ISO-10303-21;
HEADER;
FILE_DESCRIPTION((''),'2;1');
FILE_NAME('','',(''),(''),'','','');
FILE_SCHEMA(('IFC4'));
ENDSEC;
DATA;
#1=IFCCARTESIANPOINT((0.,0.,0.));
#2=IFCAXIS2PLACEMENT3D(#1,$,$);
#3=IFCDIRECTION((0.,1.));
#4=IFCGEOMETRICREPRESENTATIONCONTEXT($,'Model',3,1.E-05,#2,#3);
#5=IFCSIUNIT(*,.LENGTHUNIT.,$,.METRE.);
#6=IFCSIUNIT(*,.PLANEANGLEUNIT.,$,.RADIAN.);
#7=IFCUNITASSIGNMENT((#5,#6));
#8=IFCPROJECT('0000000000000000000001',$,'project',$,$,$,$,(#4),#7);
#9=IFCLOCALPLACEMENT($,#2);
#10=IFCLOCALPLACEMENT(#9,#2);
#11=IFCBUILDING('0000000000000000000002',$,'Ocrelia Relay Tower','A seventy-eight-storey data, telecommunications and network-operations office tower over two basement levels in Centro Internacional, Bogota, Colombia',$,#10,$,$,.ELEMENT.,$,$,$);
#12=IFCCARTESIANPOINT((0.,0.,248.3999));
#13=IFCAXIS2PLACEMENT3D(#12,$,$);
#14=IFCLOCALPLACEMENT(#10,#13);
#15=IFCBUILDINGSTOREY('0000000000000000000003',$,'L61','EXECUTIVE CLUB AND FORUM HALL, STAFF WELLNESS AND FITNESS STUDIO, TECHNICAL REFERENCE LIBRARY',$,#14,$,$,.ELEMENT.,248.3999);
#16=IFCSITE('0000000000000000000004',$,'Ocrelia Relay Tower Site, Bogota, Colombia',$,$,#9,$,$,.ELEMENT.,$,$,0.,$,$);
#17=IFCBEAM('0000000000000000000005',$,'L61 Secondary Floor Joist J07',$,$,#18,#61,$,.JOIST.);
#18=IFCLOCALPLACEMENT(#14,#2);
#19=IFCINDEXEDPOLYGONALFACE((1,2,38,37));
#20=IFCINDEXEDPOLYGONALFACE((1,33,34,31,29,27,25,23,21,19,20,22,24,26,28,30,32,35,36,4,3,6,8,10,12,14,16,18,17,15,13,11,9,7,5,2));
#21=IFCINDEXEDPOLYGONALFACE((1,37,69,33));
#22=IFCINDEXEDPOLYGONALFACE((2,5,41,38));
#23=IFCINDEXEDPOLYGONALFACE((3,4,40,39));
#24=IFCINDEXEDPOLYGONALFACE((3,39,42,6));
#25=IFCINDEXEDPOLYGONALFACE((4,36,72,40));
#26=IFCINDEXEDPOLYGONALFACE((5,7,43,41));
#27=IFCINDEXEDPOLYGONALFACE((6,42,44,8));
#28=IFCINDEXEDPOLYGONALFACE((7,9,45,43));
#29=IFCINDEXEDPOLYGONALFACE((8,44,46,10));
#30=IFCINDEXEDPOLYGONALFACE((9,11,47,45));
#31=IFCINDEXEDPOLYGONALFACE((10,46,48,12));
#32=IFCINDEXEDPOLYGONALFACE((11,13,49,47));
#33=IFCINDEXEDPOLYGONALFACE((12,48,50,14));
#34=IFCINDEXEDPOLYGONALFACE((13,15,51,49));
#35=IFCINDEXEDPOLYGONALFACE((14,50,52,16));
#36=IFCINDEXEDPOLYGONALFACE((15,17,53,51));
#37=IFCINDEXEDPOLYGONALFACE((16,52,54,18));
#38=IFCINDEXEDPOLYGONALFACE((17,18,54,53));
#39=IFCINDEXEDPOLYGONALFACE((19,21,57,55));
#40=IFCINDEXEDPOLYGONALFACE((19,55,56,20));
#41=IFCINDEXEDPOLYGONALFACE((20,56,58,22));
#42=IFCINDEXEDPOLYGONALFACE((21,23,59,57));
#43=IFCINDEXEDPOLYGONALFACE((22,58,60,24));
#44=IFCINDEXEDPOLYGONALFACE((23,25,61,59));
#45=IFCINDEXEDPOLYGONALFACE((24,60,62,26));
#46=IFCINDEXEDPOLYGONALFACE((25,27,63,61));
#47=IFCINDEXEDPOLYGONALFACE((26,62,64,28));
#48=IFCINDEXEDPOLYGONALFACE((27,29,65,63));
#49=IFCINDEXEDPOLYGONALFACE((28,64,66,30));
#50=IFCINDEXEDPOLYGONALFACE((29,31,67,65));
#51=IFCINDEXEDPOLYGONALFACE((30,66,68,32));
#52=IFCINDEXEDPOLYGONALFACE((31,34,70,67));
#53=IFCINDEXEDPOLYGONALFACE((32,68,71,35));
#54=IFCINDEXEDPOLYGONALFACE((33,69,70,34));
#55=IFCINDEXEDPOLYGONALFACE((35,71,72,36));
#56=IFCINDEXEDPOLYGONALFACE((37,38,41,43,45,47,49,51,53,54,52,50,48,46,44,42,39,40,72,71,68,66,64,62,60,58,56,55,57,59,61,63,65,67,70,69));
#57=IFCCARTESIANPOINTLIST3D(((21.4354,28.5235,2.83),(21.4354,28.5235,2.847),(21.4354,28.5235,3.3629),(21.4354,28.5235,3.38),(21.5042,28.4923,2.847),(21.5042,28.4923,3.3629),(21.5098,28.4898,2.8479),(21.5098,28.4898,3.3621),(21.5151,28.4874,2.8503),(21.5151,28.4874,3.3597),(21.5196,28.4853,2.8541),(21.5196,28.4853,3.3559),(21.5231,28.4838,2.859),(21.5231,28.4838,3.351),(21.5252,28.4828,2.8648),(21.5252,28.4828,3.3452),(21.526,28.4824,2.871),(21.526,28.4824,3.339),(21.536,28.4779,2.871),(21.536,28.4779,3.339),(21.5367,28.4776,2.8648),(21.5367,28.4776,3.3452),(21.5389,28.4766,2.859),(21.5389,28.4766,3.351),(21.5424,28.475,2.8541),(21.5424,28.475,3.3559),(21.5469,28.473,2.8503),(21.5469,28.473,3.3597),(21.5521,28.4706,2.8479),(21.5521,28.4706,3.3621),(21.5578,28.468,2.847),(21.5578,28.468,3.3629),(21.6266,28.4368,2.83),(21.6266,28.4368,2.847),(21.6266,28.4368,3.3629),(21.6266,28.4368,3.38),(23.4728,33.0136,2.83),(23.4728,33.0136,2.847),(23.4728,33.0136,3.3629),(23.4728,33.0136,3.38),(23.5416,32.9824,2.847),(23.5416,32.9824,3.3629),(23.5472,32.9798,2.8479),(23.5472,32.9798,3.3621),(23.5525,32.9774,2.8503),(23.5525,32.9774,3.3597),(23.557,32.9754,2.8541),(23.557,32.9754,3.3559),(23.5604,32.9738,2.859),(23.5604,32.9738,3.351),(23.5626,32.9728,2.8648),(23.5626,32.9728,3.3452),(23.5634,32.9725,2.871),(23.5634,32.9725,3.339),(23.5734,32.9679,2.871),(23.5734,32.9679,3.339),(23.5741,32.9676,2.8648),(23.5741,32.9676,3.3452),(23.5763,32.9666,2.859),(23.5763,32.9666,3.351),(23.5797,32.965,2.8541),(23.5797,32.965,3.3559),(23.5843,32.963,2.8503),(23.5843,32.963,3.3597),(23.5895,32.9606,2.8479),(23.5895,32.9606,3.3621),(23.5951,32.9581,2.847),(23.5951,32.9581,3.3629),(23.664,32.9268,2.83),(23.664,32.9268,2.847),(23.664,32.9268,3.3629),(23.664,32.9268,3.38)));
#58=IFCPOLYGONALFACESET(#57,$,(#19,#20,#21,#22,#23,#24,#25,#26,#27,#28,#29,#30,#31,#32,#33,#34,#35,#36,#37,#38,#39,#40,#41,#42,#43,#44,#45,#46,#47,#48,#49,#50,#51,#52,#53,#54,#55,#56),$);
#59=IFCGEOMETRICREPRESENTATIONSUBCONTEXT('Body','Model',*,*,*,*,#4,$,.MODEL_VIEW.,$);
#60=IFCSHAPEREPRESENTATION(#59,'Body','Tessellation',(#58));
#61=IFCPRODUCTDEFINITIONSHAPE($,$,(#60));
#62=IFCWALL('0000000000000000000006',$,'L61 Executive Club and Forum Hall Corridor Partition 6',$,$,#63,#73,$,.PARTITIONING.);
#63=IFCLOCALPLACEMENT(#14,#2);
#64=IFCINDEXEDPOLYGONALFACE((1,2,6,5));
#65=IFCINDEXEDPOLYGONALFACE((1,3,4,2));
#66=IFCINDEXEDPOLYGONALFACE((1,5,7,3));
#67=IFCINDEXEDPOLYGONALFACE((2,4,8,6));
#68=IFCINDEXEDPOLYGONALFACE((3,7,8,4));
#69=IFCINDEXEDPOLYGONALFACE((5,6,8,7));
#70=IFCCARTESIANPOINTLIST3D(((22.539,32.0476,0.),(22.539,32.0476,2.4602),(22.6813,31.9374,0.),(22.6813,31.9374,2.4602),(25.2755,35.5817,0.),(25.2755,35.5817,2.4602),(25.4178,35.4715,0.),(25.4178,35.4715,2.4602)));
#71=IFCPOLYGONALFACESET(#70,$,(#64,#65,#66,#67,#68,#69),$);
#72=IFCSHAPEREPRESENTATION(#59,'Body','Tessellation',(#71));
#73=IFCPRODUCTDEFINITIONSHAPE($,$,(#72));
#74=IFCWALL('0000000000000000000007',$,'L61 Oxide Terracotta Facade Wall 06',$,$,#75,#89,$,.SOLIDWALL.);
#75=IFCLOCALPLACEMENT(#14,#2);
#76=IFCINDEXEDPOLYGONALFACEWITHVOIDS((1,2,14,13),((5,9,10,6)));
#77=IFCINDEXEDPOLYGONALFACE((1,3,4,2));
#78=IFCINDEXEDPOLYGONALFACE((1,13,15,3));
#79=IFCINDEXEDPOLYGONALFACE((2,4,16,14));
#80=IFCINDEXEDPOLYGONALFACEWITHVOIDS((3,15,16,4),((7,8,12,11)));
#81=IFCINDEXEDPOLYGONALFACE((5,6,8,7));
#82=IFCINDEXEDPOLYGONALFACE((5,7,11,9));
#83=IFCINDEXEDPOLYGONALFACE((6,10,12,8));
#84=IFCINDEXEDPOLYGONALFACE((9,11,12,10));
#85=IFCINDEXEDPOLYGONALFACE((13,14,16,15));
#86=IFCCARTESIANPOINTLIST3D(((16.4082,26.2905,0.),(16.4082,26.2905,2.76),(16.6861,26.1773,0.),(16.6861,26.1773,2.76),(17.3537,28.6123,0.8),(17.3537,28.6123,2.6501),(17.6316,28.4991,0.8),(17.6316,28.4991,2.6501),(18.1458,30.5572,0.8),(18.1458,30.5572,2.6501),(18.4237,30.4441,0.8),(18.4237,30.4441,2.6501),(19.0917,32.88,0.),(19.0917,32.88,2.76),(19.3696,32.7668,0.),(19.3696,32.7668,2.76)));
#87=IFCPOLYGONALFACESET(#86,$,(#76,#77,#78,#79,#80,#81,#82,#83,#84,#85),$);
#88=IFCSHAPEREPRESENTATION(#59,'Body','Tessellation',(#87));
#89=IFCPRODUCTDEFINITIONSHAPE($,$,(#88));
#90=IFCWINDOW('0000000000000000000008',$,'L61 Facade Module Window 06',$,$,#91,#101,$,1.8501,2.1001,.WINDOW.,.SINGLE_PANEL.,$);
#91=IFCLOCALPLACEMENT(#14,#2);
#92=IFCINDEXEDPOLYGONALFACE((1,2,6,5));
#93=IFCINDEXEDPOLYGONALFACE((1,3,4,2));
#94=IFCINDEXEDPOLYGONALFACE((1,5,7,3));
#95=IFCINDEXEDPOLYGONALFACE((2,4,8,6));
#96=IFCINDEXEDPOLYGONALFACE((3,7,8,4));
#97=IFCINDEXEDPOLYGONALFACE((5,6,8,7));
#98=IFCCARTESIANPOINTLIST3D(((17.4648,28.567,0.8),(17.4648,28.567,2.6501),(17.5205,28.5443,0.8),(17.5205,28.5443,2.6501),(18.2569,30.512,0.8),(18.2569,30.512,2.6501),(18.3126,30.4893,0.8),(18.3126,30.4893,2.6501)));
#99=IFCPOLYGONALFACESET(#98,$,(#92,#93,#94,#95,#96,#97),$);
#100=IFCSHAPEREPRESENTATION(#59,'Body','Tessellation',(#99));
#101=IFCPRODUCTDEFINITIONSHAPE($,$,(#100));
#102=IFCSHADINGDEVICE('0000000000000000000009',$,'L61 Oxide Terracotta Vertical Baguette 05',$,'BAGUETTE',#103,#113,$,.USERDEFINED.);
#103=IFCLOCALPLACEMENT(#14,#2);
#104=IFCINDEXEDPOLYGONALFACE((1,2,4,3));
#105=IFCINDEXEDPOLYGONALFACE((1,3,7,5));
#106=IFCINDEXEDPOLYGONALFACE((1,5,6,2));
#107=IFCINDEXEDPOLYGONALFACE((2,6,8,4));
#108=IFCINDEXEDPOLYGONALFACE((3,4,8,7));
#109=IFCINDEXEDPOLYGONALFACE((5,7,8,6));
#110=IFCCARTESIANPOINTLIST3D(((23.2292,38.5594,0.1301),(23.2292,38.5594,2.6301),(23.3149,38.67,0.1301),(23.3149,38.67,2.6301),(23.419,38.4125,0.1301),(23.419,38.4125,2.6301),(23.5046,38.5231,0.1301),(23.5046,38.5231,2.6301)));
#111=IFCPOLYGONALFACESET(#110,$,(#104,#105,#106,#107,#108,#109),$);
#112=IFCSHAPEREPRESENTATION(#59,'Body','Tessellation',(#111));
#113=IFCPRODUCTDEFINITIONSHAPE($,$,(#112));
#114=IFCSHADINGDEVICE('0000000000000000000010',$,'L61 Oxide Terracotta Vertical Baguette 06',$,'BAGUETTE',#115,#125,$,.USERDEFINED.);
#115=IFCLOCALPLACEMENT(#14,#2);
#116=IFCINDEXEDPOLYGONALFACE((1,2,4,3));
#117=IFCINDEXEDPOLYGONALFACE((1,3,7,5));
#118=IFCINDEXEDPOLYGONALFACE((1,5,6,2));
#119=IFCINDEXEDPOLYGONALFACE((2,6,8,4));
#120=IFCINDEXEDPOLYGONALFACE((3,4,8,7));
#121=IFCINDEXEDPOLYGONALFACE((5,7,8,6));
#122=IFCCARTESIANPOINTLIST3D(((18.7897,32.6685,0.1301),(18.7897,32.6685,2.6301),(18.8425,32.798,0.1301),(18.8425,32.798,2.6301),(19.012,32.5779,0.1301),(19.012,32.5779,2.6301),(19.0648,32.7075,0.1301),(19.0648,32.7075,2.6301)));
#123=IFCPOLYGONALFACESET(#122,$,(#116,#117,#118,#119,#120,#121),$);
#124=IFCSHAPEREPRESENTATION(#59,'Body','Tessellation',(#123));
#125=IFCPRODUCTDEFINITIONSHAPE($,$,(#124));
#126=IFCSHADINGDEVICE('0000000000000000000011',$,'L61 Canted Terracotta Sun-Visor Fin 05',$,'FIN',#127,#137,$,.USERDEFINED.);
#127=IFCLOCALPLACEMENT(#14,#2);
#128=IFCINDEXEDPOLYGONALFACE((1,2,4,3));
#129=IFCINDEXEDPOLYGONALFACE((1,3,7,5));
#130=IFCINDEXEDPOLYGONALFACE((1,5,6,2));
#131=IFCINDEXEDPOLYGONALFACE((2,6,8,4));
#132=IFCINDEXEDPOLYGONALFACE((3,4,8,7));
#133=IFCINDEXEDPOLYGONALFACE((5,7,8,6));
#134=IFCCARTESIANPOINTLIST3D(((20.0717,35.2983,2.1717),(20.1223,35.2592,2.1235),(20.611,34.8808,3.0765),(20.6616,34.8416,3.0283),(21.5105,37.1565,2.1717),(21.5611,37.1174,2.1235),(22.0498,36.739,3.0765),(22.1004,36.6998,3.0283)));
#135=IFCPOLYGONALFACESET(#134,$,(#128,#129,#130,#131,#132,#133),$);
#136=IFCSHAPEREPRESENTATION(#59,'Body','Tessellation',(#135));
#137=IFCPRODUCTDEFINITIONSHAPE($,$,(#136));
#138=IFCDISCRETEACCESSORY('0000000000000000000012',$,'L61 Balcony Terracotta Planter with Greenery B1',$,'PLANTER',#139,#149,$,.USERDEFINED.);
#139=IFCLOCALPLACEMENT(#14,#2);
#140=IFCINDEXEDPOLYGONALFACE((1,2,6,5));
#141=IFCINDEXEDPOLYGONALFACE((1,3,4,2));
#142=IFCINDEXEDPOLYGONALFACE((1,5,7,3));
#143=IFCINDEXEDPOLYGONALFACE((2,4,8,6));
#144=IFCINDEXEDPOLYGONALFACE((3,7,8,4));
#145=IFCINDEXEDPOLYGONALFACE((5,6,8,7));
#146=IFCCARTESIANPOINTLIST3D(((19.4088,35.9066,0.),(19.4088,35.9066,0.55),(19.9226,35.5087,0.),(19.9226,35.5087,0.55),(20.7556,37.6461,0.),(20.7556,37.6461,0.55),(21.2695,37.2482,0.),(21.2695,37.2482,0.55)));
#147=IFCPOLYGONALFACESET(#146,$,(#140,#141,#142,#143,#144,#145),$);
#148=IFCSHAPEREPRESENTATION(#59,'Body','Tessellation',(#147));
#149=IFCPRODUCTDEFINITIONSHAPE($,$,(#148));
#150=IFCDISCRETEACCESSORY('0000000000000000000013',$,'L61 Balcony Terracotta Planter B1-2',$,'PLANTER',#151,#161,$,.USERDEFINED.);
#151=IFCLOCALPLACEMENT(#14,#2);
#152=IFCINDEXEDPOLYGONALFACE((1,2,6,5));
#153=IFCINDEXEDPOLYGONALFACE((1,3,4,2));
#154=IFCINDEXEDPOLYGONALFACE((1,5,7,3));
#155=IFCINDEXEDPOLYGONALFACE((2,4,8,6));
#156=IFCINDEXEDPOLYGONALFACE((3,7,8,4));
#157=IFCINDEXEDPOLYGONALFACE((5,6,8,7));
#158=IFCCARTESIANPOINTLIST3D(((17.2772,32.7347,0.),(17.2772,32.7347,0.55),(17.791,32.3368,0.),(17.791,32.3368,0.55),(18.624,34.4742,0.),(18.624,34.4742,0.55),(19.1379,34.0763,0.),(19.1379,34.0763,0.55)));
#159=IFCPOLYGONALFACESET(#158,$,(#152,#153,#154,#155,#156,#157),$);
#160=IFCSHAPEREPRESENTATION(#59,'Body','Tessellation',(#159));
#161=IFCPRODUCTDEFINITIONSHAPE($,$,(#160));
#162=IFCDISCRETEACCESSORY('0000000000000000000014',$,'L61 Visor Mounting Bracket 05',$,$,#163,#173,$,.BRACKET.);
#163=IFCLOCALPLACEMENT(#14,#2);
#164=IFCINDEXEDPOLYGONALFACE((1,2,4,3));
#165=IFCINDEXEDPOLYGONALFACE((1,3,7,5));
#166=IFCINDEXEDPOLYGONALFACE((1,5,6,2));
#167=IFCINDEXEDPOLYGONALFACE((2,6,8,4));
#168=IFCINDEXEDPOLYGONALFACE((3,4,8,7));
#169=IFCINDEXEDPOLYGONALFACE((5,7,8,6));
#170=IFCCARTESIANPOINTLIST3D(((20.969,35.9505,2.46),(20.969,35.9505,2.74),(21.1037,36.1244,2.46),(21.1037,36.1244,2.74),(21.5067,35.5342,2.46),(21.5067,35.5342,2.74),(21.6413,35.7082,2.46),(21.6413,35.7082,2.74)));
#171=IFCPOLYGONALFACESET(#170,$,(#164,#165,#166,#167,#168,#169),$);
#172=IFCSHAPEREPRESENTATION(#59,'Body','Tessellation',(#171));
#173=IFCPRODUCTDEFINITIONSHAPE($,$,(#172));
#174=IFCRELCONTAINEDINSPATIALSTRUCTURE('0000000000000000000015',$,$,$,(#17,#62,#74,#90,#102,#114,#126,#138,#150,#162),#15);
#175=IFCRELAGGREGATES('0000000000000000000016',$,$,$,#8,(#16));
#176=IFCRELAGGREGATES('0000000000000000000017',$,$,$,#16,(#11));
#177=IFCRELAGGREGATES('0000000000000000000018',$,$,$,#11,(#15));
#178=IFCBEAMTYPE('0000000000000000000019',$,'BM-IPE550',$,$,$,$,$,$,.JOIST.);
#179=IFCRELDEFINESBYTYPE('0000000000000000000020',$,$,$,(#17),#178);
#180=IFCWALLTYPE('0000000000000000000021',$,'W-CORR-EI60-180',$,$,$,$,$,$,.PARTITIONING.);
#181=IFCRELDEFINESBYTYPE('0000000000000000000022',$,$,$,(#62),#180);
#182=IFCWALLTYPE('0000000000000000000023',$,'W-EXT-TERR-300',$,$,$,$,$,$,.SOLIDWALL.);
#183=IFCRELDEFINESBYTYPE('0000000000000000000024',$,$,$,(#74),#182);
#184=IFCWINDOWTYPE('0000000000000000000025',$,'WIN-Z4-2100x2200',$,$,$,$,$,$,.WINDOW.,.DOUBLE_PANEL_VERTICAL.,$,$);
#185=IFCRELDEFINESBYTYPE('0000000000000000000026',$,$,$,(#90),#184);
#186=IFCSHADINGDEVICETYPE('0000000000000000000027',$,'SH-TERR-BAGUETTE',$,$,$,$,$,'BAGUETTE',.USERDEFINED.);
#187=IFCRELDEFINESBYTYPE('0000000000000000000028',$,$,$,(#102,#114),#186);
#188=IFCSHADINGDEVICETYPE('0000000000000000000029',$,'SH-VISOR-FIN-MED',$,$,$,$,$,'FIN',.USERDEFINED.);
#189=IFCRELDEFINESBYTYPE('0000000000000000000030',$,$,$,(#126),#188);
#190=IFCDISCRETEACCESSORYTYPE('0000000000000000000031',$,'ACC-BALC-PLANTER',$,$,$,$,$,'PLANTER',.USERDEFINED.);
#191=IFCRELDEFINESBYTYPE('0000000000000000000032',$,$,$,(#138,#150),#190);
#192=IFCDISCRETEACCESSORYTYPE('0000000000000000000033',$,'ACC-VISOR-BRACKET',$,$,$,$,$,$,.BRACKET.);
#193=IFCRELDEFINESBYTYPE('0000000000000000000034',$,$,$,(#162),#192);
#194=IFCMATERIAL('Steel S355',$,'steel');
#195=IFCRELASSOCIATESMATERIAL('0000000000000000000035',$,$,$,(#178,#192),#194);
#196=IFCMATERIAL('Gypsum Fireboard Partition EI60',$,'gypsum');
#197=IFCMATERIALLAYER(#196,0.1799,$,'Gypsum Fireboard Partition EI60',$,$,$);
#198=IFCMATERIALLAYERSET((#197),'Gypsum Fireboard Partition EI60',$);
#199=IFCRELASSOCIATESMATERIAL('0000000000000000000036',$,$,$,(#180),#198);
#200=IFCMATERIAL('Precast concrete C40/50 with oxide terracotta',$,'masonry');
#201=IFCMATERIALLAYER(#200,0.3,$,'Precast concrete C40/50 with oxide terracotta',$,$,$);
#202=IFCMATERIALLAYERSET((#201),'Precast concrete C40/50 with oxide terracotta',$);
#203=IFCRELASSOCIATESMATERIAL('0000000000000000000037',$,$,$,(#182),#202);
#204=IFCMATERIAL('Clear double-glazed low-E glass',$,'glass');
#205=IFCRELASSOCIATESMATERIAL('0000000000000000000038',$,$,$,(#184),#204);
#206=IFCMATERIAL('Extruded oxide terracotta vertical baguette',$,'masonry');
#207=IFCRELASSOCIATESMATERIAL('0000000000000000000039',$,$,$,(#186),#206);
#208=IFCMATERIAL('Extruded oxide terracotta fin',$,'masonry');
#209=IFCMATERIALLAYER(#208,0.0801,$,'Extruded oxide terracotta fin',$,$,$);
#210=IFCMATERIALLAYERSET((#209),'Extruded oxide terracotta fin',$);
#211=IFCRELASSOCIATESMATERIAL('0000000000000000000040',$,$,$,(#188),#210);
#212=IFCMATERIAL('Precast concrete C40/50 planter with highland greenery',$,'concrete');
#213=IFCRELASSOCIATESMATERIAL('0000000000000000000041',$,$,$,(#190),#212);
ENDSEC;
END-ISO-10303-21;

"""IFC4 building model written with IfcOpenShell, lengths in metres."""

from ifc_helpers import new_model, si_unit, direction, frame, frame_2d, origin, origin_2d, place, context, subcontext, project, spatial, rectangle, i_section, extrude, material, layer, layer_set, material_profile, profile_set, type_object, element, fill, save


model = new_model("IFC4")

# Units and contexts
model_context = context("Model", 3, precision=1e-05, world=origin(), true_north=direction((0.0, 1.0)))
body_context = subcontext(model_context, "Body", "Model", "MODEL_VIEW")
ifc_project = project(units=[si_unit("LENGTHUNIT", "METRE"), si_unit("PLANEANGLEUNIT", "RADIAN")], contexts=[model_context])

# Site, building, storey
site_placement = place(None, origin())
site = spatial("IfcSite", under=ifc_project, at=site_placement, Name="Ocrelia Relay Tower Site, Bogota, Colombia", CompositionType="ELEMENT", RefElevation=0.0)
building_placement = place(site_placement, origin())
building = spatial("IfcBuilding", under=site, at=building_placement, Name="Ocrelia Relay Tower", Description="A seventy-eight-storey data, telecommunications and network-operations office tower over two basement levels in Centro Internacional, Bogota, Colombia", CompositionType="ELEMENT")
storey_placement = place(building_placement, frame((0.0, 0.0, 248.3999)))
storey = spatial("IfcBuildingStorey", under=building, at=storey_placement, Name="L61", Description="EXECUTIVE CLUB AND FORUM HALL, STAFF WELLNESS AND FITNESS STUDIO, TECHNICAL REFERENCE LIBRARY", CompositionType="ELEMENT", Elevation=248.3999)

# Beam
ifc_material_1 = material(Name="Steel S355", Category="steel")
ifc_material_profile_1 = material_profile(ifc_material_1, i_section(OverallWidth=0.21, OverallDepth=0.55, WebThickness=0.011, FlangeThickness=0.0171, FilletRadius=0.0239, at=origin_2d()), Name="IPE 550")
ifc_profile_set_1 = profile_set([ifc_material_profile_1], Name="Steel S355")
beam_type_1 = type_object("IfcBeamType", Name="BM-IPE550", PredefinedType="JOIST", material=ifc_profile_set_1)
beam_1_placement = place(storey_placement, frame((23.5684, 32.9702, 3.105), z_axis=(-0.413206, -0.910638, 0.0), x_axis=(0.910638, -0.413206, 0.0)))
element("IfcBeam", 1, at=beam_1_placement, inside=storey, type_object=beam_type_1, Name="L61 Secondary Floor Joist J07", PredefinedType="JOIST", context=body_context, shape_type="SweptSolid", body=[
    extrude(i_section(OverallWidth=0.21, OverallDepth=0.55, WebThickness=0.011, FlangeThickness=0.0171, FilletRadius=0.0239, at=origin_2d()), origin(), (0.0, 0.0, 1.0), 4.9307),
])

# Wall
ifc_material_2 = material(Name="Gypsum Fireboard Partition EI60", Category="gypsum")
ifc_layer_1 = layer(ifc_material_2, 0.1799, Name="Gypsum Fireboard Partition EI60")
ifc_layer_set_1 = layer_set([ifc_layer_1], Name="Gypsum Fireboard Partition EI60")
wall_type_1 = type_object("IfcWallType", Name="W-CORR-EI60-180", PredefinedType="PARTITIONING", material=ifc_layer_set_1)
wall_1_placement = place(storey_placement, frame((25.3467, 35.5266, 0.0), z_axis=(0.0, 0.0, 1.0), x_axis=(-0.612234, -0.790677, 0.0)))
element("IfcWall", 2, at=wall_1_placement, inside=storey, type_object=wall_type_1, Name="L61 Executive Club and Forum Hall Corridor Partition 6", PredefinedType="PARTITIONING", context=body_context, shape_type="SweptSolid", body=[
    extrude(rectangle(XDim=4.4697, YDim=0.1799, at=frame_2d((2.2349, 0.0))), origin(), (0.0, 0.0, 1.0), 2.4602),
])

# Shared definitions
ifc_material_3 = material(Name="Precast concrete C40/50 with oxide terracotta", Category="masonry")
ifc_layer_2 = layer(ifc_material_3, 0.3, Name="Precast concrete C40/50 with oxide terracotta")
ifc_layer_set_2 = layer_set([ifc_layer_2], Name="Precast concrete C40/50 with oxide terracotta")
wall_type_2 = type_object("IfcWallType", Name="W-EXT-TERR-300", PredefinedType="SOLIDWALL", material=ifc_layer_set_2)

# Wall, opening, window
wall_2_placement = place(storey_placement, frame((19.2307, 32.8235, 0.0), z_axis=(0.0, 0.0, 1.0), x_axis=(-0.377169, -0.926144, 0.0)))
wall_2 = element("IfcWall", 3, at=wall_2_placement, inside=storey, type_object=wall_type_2, Name="L61 Oxide Terracotta Facade Wall 06", PredefinedType="SOLIDWALL", context=body_context, shape_type="SweptSolid", body=[
    extrude(rectangle(XDim=7.115, YDim=0.3, at=frame_2d((3.5576, 0.0))), origin(), (0.0, 0.0, 1.0), 2.76),
])
opening_1_placement = place(wall_2_placement, frame((2.5081, 0.0, 0.8)))
opening_1 = element("IfcOpeningElement", 4, at=opening_1_placement, cuts=wall_2, PredefinedType="OPENING", context=body_context, shape_type="SweptSolid", body=[
    extrude(rectangle(XDim=2.1001, YDim=1.8501, at=frame_2d((1.05, 0.925))), frame((0.0, 0.1602, 0.0), z_axis=(0.0, -1.0, 0.0), x_axis=(1.0, 0.0, 0.0)), (0.0, 0.0, 1.0), 0.3201),
])
ifc_material_4 = material(Name="Clear double-glazed low-E glass", Category="glass")
window_type = type_object("IfcWindowType", Name="WIN-Z4-2100x2200", PartitioningType="DOUBLE_PANEL_VERTICAL", PredefinedType="WINDOW", material=ifc_material_4)
window_placement = place(opening_1_placement, origin())
window = element("IfcWindow", 5, at=window_placement, inside=storey, type_object=window_type, Name="L61 Facade Module Window 06", OverallHeight=1.8501, OverallWidth=2.1001, PartitioningType="SINGLE_PANEL", PredefinedType="WINDOW", context=body_context, shape_type="SweptSolid", body=[
    extrude(rectangle(XDim=2.1001, YDim=1.8501, at=frame_2d((1.05, 0.925))), frame((0.0, 0.03, 0.0), z_axis=(0.0, -1.0, 0.0), x_axis=(1.0, 0.0, 0.0)), (0.0, 0.0, 1.0), 0.0601),
])
fill(opening_1, window)

# Shading devices
ifc_material_5 = material(Name="Extruded oxide terracotta vertical baguette", Category="masonry")
shading_device_type_1 = type_object("IfcShadingDeviceType", Name="SH-TERR-BAGUETTE", ElementType="BAGUETTE", PredefinedType="USERDEFINED", material=ifc_material_5)
for number, where, z_axis, x_axis, name in (
    (6, (23.3669, 38.5413, 0.1301), (0.0, 0.0, 1.0), (-0.612212, -0.790693, 0.0), "L61 Oxide Terracotta Vertical Baguette 05"),
    (7, (18.9272, 32.688, 0.1301), (0.0, 0.0, 1.0), (-0.377177, -0.926141, 0.0), "L61 Oxide Terracotta Vertical Baguette 06"),
):
    element("IfcShadingDevice", number, at=place(storey_placement, frame(where, z_axis=z_axis, x_axis=x_axis)), inside=storey, type_object=shading_device_type_1, Name=name, ObjectType="BAGUETTE", PredefinedType="USERDEFINED", context=body_context, shape_type="SweptSolid", body=[
        extrude(rectangle(XDim=0.1399, YDim=0.24, at=origin_2d()), origin(), (0.0, 0.0, 1.0), 2.5),
    ])
ifc_material_6 = material(Name="Extruded oxide terracotta fin", Category="masonry")
ifc_layer_3 = layer(ifc_material_6, 0.0801, Name="Extruded oxide terracotta fin")
ifc_layer_set_3 = layer_set([ifc_layer_3], Name="Extruded oxide terracotta fin")
shading_device_type_2 = type_object("IfcShadingDeviceType", Name="SH-VISOR-FIN-MED", ElementType="FIN", PredefinedType="USERDEFINED", material=ifc_layer_set_3)
shading_device_placement = place(storey_placement, frame((21.1113, 35.9795, 2.5759), z_axis=(-0.631393, 0.48887, 0.601954), x_axis=(-0.612212, -0.790693, 0.0)))
element("IfcShadingDevice", 8, at=shading_device_placement, inside=storey, type_object=shading_device_type_2, Name="L61 Canted Terracotta Sun-Visor Fin 05", ObjectType="FIN", PredefinedType="USERDEFINED", context=body_context, shape_type="SweptSolid", body=[
    extrude(rectangle(XDim=2.3501, YDim=1.1331, at=origin_2d()), origin(), (0.0, 0.0, 1.0), 0.0801),
])

# Discrete accessories
ifc_material_7 = material(Name="Precast concrete C40/50 planter with highland greenery", Category="concrete")
discrete_accessory_type_1 = type_object("IfcDiscreteAccessoryType", Name="ACC-BALC-PLANTER", ElementType="PLANTER", PredefinedType="USERDEFINED", material=ifc_material_7)
for number, where, z_axis, x_axis, name in (
    (9, (20.3391, 36.5774, 0.0), (0.0, 0.0, 1.0), (0.612209, 0.790696, 0.0), "L61 Balcony Terracotta Planter with Greenery B1"),
    (10, (18.2075, 33.4055, 0.0), (0.0, 0.0, 1.0), (0.612209, 0.790696, 0.0), "L61 Balcony Terracotta Planter B1-2"),
):
    element("IfcDiscreteAccessory", number, at=place(storey_placement, frame(where, z_axis=z_axis, x_axis=x_axis)), inside=storey, type_object=discrete_accessory_type_1, Name=name, ObjectType="PLANTER", PredefinedType="USERDEFINED", context=body_context, shape_type="SweptSolid", body=[
        extrude(rectangle(XDim=2.2, YDim=0.6499, at=origin_2d()), origin(), (0.0, 0.0, 1.0), 0.55),
    ])
discrete_accessory_type_2 = type_object("IfcDiscreteAccessoryType", Name="ACC-VISOR-BRACKET", PredefinedType="BRACKET", material=ifc_material_1)
discrete_accessory_placement = place(storey_placement, frame((21.3052, 35.8293, 2.46), z_axis=(0.0, 0.0, 1.0), x_axis=(-0.612212, -0.790693, 0.0)))
element("IfcDiscreteAccessory", 11, at=discrete_accessory_placement, inside=storey, type_object=discrete_accessory_type_2, Name="L61 Visor Mounting Bracket 05", PredefinedType="BRACKET", context=body_context, shape_type="SweptSolid", body=[
    extrude(rectangle(XDim=0.22, YDim=0.6799, at=origin_2d()), origin(), (0.0, 0.0, 1.0), 0.28),
])

save(model, "model.ifc")
